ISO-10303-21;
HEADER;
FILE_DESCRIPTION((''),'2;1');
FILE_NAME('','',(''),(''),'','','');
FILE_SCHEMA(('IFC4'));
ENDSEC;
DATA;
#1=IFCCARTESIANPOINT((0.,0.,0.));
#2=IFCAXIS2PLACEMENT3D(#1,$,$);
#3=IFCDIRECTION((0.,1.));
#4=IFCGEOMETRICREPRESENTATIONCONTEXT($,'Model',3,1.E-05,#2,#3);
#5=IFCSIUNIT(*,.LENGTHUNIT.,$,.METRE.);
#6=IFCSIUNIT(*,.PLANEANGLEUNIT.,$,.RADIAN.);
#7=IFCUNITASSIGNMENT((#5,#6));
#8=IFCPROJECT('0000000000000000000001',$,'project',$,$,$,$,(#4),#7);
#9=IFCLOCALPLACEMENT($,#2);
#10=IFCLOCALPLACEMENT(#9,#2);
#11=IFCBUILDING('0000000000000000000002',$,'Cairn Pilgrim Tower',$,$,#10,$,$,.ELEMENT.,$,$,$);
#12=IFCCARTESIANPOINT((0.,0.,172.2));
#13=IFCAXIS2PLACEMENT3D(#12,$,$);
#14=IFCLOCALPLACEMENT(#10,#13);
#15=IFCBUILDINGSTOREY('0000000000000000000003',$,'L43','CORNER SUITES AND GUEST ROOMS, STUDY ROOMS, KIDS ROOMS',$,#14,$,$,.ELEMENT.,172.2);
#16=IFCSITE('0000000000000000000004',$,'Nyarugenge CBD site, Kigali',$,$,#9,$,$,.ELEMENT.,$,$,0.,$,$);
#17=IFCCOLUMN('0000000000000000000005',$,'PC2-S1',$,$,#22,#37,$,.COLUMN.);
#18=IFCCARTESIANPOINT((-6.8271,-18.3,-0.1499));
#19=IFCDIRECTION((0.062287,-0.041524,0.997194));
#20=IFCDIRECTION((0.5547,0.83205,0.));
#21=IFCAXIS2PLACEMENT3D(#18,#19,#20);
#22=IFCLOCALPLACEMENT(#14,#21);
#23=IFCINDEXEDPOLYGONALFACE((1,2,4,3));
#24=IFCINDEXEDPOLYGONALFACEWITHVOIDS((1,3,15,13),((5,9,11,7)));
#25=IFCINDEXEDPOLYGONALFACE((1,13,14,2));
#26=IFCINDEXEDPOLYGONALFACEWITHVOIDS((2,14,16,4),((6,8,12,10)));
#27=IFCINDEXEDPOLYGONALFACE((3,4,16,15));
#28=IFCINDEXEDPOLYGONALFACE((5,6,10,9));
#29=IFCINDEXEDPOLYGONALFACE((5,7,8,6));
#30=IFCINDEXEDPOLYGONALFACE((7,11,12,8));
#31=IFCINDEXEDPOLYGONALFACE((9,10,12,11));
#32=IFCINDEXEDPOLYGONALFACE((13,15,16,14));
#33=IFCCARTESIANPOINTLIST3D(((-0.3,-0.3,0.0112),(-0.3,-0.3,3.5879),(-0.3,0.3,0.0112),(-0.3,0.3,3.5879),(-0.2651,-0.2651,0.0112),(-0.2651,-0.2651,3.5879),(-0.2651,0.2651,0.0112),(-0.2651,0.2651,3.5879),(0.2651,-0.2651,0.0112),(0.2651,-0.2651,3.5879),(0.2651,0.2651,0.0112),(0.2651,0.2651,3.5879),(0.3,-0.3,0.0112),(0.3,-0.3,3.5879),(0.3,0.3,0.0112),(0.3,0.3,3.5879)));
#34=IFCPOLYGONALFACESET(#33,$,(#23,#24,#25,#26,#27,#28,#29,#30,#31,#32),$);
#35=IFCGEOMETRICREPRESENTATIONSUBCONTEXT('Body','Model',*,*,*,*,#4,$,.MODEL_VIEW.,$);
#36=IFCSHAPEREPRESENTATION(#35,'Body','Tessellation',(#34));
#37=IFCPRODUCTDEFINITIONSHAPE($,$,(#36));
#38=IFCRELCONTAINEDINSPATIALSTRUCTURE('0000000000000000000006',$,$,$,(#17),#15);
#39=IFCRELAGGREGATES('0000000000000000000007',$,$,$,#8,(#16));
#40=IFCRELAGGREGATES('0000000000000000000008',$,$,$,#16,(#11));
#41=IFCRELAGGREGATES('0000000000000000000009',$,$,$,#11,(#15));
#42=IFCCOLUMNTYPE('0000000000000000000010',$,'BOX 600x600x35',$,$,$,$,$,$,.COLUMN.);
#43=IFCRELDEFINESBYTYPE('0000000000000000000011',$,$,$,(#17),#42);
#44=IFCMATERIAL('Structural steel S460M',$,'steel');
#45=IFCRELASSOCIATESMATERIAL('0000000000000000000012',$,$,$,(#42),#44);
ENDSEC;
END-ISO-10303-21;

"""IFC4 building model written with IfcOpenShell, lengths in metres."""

from ifc_helpers import new_model, si_unit, direction, frame, origin, origin_2d, place, context, subcontext, project, spatial, hollow_rectangle, extrude, clip, halfspace, material, material_profile, profile_set, type_object, element, save


model = new_model("IFC4")

# Units and contexts
model_context = context("Model", 3, precision=1e-05, world=origin(), true_north=direction((0.0, 1.0)))
body_context = subcontext(model_context, "Body", "Model", "MODEL_VIEW")
ifc_project = project(units=[si_unit("LENGTHUNIT", "METRE"), si_unit("PLANEANGLEUNIT", "RADIAN")], contexts=[model_context])

# Site, building, storey
site_placement = place(None, origin())
site = spatial("IfcSite", under=ifc_project, at=site_placement, Name="Nyarugenge CBD site, Kigali", CompositionType="ELEMENT", RefElevation=0.0)
building_placement = place(site_placement, origin())
building = spatial("IfcBuilding", under=site, at=building_placement, Name="Cairn Pilgrim Tower", CompositionType="ELEMENT")
storey_placement = place(building_placement, frame((0.0, 0.0, 172.2)))
storey = spatial("IfcBuildingStorey", under=building, at=storey_placement, Name="L43", Description="CORNER SUITES AND GUEST ROOMS, STUDY ROOMS, KIDS ROOMS", CompositionType="ELEMENT", Elevation=172.2)

# Column
ifc_material_1 = material(Name="Structural steel S460M", Category="steel")
ifc_material_profile_1 = material_profile(ifc_material_1, hollow_rectangle(XDim=0.6001, YDim=0.6001, WallThickness=0.0349, at=origin_2d()), Name="BOX 600x600x35")
ifc_profile_set_1 = profile_set([ifc_material_profile_1], Name="Structural steel S460M")
column_type_1 = type_object("IfcColumnType", Name="BOX 600x600x35", PredefinedType="COLUMN", material=ifc_profile_set_1)
column_1_placement = place(storey_placement, frame((-6.8271, -18.3, -0.1499), z_axis=(0.062287, -0.041524, 0.997194), x_axis=(0.5547, 0.83205, 0.0)))
element("IfcColumn", 1, at=column_1_placement, inside=storey, type_object=column_type_1, Name="PC2-S1", PredefinedType="COLUMN", context=body_context, shape_type="Clipping", body=[
    clip(clip(extrude(hollow_rectangle(XDim=0.6001, YDim=0.6001, WallThickness=0.0349, at=origin_2d()), origin(), (0.0, 0.0, 1.0), 3.6099), halfspace(frame((0.0, 0.0, 0.0112), z_axis=(0.0, 0.0, 1.0), x_axis=(1.0, 0.0, 0.0)), True)), halfspace(frame((0.0, 0.0, 3.5879), z_axis=(0.0, 0.0, 1.0), x_axis=(1.0, 0.0, 0.0)), False)),
])

save(model, "model.ifc")
